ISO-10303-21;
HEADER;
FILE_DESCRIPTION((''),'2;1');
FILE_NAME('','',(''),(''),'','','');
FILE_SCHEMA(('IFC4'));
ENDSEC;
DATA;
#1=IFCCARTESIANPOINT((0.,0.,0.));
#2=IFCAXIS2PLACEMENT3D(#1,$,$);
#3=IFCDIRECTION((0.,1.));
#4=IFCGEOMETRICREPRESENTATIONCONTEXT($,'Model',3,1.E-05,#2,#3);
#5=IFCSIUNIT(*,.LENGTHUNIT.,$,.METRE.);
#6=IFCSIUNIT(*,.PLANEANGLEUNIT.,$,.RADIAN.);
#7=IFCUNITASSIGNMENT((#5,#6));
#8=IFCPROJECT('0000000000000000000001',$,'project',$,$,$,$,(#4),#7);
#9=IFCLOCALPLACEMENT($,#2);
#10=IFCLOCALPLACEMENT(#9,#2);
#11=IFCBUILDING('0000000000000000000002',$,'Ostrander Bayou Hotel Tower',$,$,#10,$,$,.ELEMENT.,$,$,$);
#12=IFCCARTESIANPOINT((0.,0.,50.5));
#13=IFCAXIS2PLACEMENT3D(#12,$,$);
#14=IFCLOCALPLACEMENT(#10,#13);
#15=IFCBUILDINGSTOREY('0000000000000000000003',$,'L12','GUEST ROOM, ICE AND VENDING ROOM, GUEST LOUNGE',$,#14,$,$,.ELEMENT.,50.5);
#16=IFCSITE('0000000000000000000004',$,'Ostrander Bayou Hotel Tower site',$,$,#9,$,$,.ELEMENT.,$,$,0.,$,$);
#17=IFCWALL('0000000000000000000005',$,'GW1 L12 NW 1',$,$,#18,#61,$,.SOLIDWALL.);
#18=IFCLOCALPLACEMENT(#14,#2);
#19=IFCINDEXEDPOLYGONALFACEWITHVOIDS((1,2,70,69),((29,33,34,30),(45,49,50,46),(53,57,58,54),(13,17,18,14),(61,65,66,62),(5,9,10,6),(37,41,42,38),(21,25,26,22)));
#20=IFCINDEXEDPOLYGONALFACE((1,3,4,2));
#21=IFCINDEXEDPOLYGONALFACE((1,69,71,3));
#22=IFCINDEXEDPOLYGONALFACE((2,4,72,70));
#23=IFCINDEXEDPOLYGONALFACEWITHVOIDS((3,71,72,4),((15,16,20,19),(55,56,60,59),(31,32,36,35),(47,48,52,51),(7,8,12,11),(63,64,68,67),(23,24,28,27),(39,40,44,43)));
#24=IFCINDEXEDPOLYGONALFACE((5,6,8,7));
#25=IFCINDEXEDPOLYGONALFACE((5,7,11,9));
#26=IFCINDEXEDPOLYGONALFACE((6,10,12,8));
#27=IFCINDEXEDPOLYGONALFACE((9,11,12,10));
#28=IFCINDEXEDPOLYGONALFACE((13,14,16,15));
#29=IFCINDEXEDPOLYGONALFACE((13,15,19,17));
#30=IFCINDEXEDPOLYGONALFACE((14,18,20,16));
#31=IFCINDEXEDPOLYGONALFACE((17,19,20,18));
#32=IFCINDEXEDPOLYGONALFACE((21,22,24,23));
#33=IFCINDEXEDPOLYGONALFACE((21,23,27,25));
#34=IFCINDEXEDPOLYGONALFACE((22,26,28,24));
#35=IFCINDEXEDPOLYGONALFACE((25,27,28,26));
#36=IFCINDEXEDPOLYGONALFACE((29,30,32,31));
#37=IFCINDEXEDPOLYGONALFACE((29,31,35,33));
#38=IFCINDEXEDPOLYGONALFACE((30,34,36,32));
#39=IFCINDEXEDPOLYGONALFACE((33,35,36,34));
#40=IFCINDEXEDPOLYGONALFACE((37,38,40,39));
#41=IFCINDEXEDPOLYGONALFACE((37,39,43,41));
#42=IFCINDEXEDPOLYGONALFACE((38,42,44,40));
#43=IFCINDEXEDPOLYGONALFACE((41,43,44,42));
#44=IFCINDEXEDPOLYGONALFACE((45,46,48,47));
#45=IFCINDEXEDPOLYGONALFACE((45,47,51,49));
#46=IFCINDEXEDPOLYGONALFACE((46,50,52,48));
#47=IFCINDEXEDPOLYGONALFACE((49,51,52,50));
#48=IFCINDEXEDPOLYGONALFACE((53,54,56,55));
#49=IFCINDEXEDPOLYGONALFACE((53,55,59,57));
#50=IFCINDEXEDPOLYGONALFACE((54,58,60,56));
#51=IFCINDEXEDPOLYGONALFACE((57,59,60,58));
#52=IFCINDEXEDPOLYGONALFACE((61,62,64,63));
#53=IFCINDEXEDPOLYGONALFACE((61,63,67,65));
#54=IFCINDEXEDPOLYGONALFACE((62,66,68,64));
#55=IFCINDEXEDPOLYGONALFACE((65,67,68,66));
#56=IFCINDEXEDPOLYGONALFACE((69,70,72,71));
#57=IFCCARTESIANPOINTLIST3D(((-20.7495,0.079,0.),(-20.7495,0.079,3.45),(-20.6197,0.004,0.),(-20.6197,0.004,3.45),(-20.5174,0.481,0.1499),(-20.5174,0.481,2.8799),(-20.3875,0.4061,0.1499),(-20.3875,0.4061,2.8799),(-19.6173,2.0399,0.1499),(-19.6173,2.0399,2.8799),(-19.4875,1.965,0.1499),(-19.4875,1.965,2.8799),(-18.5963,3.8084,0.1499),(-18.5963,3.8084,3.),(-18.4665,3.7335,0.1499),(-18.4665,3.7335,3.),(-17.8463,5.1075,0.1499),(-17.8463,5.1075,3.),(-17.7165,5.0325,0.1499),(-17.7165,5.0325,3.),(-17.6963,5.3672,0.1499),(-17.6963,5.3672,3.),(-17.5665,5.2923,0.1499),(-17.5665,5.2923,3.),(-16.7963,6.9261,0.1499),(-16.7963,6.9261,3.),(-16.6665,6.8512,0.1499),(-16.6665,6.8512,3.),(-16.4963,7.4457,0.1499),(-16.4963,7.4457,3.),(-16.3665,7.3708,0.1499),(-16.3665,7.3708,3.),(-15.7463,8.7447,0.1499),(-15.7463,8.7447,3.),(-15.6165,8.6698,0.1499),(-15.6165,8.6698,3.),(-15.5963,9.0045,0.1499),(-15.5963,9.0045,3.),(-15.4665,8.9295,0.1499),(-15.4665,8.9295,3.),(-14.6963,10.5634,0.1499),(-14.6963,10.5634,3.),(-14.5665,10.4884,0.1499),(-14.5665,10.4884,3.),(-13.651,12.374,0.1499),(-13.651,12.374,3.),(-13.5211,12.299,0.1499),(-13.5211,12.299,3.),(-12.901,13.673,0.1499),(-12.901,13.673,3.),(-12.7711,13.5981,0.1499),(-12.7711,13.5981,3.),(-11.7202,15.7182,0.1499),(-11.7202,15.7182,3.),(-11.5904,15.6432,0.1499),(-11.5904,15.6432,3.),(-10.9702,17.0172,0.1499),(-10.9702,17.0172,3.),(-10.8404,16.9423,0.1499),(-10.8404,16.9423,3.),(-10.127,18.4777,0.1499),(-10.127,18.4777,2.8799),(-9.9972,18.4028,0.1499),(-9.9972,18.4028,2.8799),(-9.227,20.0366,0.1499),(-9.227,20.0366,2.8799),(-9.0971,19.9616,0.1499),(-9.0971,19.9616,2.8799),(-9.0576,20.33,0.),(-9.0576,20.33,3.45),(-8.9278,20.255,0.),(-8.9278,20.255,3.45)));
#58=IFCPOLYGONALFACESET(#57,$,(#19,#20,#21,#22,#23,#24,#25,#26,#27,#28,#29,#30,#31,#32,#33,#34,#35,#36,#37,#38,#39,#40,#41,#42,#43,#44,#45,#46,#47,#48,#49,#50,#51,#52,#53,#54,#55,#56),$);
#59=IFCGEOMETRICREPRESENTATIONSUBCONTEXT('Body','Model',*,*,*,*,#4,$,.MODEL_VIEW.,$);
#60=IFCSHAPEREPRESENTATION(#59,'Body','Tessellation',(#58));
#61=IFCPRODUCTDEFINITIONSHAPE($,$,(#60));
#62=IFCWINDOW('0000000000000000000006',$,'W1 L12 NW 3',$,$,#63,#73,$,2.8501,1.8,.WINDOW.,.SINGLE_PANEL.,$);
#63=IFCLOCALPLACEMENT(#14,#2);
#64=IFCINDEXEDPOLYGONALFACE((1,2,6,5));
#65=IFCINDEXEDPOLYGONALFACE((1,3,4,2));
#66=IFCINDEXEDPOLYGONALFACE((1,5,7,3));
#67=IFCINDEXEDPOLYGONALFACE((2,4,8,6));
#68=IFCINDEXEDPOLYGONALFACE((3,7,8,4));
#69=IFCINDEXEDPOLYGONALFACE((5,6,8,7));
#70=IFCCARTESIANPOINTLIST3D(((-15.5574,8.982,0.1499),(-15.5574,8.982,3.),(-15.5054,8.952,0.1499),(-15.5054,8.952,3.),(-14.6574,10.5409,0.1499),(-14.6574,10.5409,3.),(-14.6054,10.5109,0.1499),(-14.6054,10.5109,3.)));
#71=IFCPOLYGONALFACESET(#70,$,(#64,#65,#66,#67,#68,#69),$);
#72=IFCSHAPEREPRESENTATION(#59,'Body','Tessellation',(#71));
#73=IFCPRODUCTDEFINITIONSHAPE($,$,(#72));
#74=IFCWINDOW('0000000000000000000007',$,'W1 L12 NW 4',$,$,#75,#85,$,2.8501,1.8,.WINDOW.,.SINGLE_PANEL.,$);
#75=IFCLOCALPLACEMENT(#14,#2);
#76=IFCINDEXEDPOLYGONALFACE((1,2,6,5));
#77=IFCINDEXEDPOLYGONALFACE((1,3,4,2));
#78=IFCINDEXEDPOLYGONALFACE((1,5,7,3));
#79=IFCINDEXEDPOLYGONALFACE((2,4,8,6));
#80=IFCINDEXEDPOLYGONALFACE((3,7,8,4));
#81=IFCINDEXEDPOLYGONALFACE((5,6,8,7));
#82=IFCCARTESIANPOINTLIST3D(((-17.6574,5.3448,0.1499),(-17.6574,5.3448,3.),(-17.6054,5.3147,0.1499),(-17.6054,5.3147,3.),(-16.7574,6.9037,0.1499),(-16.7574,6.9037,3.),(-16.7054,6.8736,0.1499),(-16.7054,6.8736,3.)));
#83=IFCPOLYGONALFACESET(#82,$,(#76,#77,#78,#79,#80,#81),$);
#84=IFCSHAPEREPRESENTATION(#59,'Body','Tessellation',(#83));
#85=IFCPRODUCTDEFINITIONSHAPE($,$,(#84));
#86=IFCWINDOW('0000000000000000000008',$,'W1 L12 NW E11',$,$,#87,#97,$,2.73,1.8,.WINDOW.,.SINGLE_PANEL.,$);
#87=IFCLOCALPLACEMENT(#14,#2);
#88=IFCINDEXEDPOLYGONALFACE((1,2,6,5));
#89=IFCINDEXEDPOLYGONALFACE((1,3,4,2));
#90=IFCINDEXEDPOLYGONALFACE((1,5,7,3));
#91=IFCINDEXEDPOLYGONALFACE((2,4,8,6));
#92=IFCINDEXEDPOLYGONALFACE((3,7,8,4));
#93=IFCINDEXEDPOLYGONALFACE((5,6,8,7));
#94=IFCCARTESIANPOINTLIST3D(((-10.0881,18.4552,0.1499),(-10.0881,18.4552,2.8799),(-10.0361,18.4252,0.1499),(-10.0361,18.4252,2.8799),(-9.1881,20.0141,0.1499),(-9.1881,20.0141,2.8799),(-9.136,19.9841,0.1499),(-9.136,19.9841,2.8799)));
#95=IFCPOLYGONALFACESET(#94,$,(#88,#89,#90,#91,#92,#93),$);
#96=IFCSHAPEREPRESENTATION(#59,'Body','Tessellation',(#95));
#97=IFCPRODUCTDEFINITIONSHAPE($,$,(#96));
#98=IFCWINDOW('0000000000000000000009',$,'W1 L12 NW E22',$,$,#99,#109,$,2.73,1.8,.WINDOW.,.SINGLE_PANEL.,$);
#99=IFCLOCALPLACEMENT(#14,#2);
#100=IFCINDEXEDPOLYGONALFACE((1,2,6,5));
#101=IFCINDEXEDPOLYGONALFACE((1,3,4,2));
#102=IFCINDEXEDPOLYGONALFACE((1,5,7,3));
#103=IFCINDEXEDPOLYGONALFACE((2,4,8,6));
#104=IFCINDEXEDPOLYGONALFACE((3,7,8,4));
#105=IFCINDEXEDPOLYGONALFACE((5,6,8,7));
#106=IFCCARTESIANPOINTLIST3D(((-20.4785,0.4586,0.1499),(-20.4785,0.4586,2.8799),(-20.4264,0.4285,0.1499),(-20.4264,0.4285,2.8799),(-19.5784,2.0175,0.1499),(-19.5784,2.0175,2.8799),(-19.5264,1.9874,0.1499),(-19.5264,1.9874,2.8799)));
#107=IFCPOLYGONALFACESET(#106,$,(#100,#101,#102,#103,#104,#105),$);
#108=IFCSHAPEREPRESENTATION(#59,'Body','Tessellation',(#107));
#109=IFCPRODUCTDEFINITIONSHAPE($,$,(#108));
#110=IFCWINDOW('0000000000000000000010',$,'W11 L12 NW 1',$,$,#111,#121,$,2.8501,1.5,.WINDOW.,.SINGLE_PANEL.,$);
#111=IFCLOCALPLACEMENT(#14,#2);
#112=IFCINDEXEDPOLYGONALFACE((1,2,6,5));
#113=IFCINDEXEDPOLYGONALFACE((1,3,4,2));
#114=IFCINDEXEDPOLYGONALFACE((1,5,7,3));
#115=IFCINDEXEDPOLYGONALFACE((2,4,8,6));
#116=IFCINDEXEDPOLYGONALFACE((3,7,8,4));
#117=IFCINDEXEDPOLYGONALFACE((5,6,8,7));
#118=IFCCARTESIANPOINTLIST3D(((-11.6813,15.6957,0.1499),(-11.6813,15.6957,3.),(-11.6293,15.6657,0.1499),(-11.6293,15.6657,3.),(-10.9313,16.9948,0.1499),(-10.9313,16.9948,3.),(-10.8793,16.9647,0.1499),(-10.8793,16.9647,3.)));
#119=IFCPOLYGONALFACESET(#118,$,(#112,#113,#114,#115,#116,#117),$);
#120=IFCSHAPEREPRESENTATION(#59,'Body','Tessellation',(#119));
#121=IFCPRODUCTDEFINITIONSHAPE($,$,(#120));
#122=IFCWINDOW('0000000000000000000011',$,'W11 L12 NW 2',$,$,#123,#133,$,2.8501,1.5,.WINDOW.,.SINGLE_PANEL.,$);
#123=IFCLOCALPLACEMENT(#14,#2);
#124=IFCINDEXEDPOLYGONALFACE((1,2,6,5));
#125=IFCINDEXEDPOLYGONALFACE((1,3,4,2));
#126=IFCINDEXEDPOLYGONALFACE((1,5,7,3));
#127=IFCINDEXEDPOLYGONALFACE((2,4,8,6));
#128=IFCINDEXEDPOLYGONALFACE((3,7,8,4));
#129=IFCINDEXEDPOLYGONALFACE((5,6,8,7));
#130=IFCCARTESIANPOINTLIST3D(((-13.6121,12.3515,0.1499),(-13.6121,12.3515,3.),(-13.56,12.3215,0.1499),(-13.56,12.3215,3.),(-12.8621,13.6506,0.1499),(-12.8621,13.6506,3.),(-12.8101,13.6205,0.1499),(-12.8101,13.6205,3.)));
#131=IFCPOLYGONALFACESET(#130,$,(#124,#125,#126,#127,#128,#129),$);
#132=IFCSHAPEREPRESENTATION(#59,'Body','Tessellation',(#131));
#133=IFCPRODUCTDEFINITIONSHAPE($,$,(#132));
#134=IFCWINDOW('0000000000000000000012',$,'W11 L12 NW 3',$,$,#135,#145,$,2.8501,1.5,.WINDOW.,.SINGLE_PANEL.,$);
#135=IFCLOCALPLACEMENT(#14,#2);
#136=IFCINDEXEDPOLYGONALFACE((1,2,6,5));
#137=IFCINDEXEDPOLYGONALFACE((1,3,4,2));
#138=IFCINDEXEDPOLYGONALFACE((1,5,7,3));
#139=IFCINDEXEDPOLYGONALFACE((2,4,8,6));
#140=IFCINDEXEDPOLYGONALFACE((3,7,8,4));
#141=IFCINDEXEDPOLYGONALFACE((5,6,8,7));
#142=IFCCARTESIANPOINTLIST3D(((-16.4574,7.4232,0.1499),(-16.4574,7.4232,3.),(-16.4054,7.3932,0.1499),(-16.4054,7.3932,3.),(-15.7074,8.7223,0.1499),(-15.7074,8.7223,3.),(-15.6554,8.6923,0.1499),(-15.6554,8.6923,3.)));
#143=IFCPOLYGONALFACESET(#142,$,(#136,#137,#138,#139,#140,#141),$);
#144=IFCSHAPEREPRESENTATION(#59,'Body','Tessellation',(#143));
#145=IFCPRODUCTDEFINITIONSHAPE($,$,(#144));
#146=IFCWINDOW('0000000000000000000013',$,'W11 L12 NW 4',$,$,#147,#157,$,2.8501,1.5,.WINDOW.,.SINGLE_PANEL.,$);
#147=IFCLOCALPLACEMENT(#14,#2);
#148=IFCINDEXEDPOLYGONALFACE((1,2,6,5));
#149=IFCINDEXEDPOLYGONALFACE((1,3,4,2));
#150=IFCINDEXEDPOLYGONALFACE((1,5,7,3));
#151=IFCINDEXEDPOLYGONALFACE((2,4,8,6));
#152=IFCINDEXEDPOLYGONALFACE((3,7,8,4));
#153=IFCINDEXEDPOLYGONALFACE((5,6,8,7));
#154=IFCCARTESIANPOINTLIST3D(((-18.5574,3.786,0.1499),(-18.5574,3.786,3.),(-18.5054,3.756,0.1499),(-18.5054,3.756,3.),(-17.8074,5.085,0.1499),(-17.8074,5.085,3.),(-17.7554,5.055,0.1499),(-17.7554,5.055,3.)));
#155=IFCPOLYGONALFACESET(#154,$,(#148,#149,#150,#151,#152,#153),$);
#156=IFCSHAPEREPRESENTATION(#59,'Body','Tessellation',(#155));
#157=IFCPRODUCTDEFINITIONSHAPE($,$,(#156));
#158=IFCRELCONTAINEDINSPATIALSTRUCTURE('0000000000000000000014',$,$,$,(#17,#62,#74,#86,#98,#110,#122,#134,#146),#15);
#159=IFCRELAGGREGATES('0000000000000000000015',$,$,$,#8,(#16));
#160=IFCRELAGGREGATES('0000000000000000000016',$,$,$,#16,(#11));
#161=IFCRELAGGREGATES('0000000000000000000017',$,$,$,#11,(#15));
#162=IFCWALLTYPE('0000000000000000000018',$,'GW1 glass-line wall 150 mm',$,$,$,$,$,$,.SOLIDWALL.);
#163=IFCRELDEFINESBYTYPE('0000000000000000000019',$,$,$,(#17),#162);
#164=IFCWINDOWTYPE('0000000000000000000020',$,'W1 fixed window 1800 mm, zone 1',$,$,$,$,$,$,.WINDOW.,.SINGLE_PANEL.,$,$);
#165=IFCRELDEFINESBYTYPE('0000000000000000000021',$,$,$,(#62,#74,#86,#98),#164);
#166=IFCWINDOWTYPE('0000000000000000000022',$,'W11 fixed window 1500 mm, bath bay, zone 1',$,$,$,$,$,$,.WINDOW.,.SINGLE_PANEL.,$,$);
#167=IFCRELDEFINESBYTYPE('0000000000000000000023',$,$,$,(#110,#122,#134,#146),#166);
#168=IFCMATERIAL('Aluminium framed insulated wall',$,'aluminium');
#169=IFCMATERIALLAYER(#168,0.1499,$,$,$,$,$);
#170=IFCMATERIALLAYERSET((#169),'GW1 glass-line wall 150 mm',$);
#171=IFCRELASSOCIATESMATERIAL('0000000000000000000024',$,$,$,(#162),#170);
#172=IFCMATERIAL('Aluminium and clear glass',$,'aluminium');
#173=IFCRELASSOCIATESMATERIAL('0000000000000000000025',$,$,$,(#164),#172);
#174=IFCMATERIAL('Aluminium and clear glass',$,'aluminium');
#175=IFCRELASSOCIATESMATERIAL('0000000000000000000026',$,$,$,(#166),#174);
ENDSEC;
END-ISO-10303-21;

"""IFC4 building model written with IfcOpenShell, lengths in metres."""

from ifc_helpers import new_model, si_unit, direction, frame, frame_2d, origin, place, context, subcontext, project, spatial, rectangle, extrude, material, layer, layer_set, type_object, element, fill, save


model = new_model("IFC4")

# Units and contexts
model_context = context("Model", 3, precision=1e-05, world=origin(), true_north=direction((0.0, 1.0)))
body_context = subcontext(model_context, "Body", "Model", "MODEL_VIEW")
ifc_project = project(units=[si_unit("LENGTHUNIT", "METRE"), si_unit("PLANEANGLEUNIT", "RADIAN")], contexts=[model_context])

# Site, building, storey
site_placement = place(None, origin())
site = spatial("IfcSite", under=ifc_project, at=site_placement, Name="Ostrander Bayou Hotel Tower site", CompositionType="ELEMENT", RefElevation=0.0)
building_placement = place(site_placement, origin())
building = spatial("IfcBuilding", under=site, at=building_placement, Name="Ostrander Bayou Hotel Tower", CompositionType="ELEMENT")
storey_placement = place(building_placement, frame((0.0, 0.0, 50.5)))
storey = spatial("IfcBuildingStorey", under=building, at=storey_placement, Name="L12", Description="GUEST ROOM, ICE AND VENDING ROOM, GUEST LOUNGE", CompositionType="ELEMENT", Elevation=50.5)

# Wall, openings, windows
ifc_material_1 = material(Name="Aluminium framed insulated wall", Category="aluminium")
ifc_layer_1 = layer(ifc_material_1, 0.1499)
ifc_layer_set_1 = layer_set([ifc_layer_1], Name="GW1 glass-line wall 150 mm")
wall_type_1 = type_object("IfcWallType", Name="GW1 glass-line wall 150 mm", PredefinedType="SOLIDWALL", material=ifc_layer_set_1)
wall_1_placement = place(storey_placement, frame((-8.9927, 20.2925, 0.0), z_axis=(0.0, 0.0, 1.0), x_axis=(-0.5, -0.866026, 0.0)))
wall_1 = element("IfcWall", 1, at=wall_1_placement, inside=storey, type_object=wall_type_1, Name="GW1 L12 NW 1", PredefinedType="SOLIDWALL", context=body_context, shape_type="SweptSolid", body=[
    extrude(rectangle(XDim=23.3838, YDim=0.1499, at=frame_2d((11.6919, 0.0))), origin(), (0.0, 0.0, 1.0), 3.45),
])
opening_1_placement = place(wall_1_placement, frame((3.8252, 0.0, 0.1499)))
opening_1 = element("IfcOpeningElement", 2, at=opening_1_placement, cuts=wall_1, PredefinedType="OPENING", context=body_context, shape_type="SweptSolid", body=[
    extrude(rectangle(XDim=1.5, YDim=2.8501, at=frame_2d((0.75, 1.425))), frame((0.0, 0.075, 0.0), z_axis=(0.0, -1.0, 0.0), x_axis=(1.0, 0.0, 0.0)), (0.0, 0.0, 1.0), 0.1499),
])
opening_2_placement = place(wall_1_placement, frame((7.6868, 0.0, 0.1499)))
opening_2 = element("IfcOpeningElement", 3, at=opening_2_placement, cuts=wall_1, PredefinedType="OPENING", context=body_context, shape_type="SweptSolid", body=[
    extrude(rectangle(XDim=1.5, YDim=2.8501, at=frame_2d((0.75, 1.425))), frame((0.0, 0.075, 0.0), z_axis=(0.0, -1.0, 0.0), x_axis=(1.0, 0.0, 0.0)), (0.0, 0.0, 1.0), 0.1499),
])
opening_3_placement = place(wall_1_placement, frame((11.2776, 0.0, 0.1499)))
opening_3 = element("IfcOpeningElement", 4, at=opening_3_placement, cuts=wall_1, PredefinedType="OPENING", context=body_context, shape_type="SweptSolid", body=[
    extrude(rectangle(XDim=1.8, YDim=2.8501, at=frame_2d((0.8999, 1.425))), frame((0.0, 0.075, 0.0), z_axis=(0.0, -1.0, 0.0), x_axis=(1.0, 0.0, 0.0)), (0.0, 0.0, 1.0), 0.1499),
])
opening_4_placement = place(wall_1_placement, frame((13.3774, 0.0, 0.1499)))
opening_4 = element("IfcOpeningElement", 5, at=opening_4_placement, cuts=wall_1, PredefinedType="OPENING", context=body_context, shape_type="SweptSolid", body=[
    extrude(rectangle(XDim=1.5, YDim=2.8501, at=frame_2d((0.75, 1.425))), frame((0.0, 0.075, 0.0), z_axis=(0.0, -1.0, 0.0), x_axis=(1.0, 0.0, 0.0)), (0.0, 0.0, 1.0), 0.1499),
])
opening_5_placement = place(wall_1_placement, frame((15.4775, 0.0, 0.1499)))
opening_5 = element("IfcOpeningElement", 6, at=opening_5_placement, cuts=wall_1, PredefinedType="OPENING", context=body_context, shape_type="SweptSolid", body=[
    extrude(rectangle(XDim=1.8, YDim=2.8501, at=frame_2d((0.8999, 1.425))), frame((0.0, 0.075, 0.0), z_axis=(0.0, -1.0, 0.0), x_axis=(1.0, 0.0, 0.0)), (0.0, 0.0, 1.0), 0.1499),
])
opening_6_placement = place(wall_1_placement, frame((17.5774, 0.0, 0.1499)))
opening_6 = element("IfcOpeningElement", 7, at=opening_6_placement, cuts=wall_1, PredefinedType="OPENING", context=body_context, shape_type="SweptSolid", body=[
    extrude(rectangle(XDim=1.5, YDim=2.8501, at=frame_2d((0.75, 1.425))), frame((0.0, 0.075, 0.0), z_axis=(0.0, -1.0, 0.0), x_axis=(1.0, 0.0, 0.0)), (0.0, 0.0, 1.0), 0.1499),
])
opening_7_placement = place(wall_1_placement, frame((0.3389, 0.0, 0.1499)))
opening_7 = element("IfcOpeningElement", 8, at=opening_7_placement, cuts=wall_1, PredefinedType="OPENING", context=body_context, shape_type="SweptSolid", body=[
    extrude(rectangle(XDim=1.8, YDim=2.73, at=frame_2d((0.8999, 1.365))), frame((0.0, 0.075, 0.0), z_axis=(0.0, -1.0, 0.0), x_axis=(1.0, 0.0, 0.0)), (0.0, 0.0, 1.0), 0.1499),
])
opening_8_placement = place(wall_1_placement, frame((21.1196, 0.0, 0.1499)))
opening_8 = element("IfcOpeningElement", 9, at=opening_8_placement, cuts=wall_1, PredefinedType="OPENING", context=body_context, shape_type="SweptSolid", body=[
    extrude(rectangle(XDim=1.8, YDim=2.73, at=frame_2d((0.8999, 1.365))), frame((0.0, 0.075, 0.0), z_axis=(0.0, -1.0, 0.0), x_axis=(1.0, 0.0, 0.0)), (0.0, 0.0, 1.0), 0.1499),
])
ifc_material_2 = material(Name="Aluminium and clear glass", Category="aluminium")
window_type_1 = type_object("IfcWindowType", Name="W1 fixed window 1800 mm, zone 1", PartitioningType="SINGLE_PANEL", PredefinedType="WINDOW", material=ifc_material_2)
window_1_placement = place(opening_3_placement, origin())
window_1 = element("IfcWindow", 10, at=window_1_placement, inside=storey, type_object=window_type_1, Name="W1 L12 NW 3", OverallHeight=2.8501, OverallWidth=1.8, PartitioningType="SINGLE_PANEL", PredefinedType="WINDOW", context=body_context, shape_type="SweptSolid", body=[
    extrude(rectangle(XDim=1.8, YDim=2.8501, at=frame_2d((0.8999, 1.425))), frame((0.0, 0.03, 0.0), z_axis=(0.0, -1.0, 0.0), x_axis=(1.0, 0.0, 0.0)), (0.0, 0.0, 1.0), 0.0601),
])
fill(opening_3, window_1)
window_2_placement = place(opening_5_placement, origin())
window_2 = element("IfcWindow", 11, at=window_2_placement, inside=storey, type_object=window_type_1, Name="W1 L12 NW 4", OverallHeight=2.8501, OverallWidth=1.8, PartitioningType="SINGLE_PANEL", PredefinedType="WINDOW", context=body_context, shape_type="SweptSolid", body=[
    extrude(rectangle(XDim=1.8, YDim=2.8501, at=frame_2d((0.8999, 1.425))), frame((0.0, 0.03, 0.0), z_axis=(0.0, -1.0, 0.0), x_axis=(1.0, 0.0, 0.0)), (0.0, 0.0, 1.0), 0.0601),
])
fill(opening_5, window_2)
window_3_placement = place(opening_7_placement, origin())
window_3 = element("IfcWindow", 12, at=window_3_placement, inside=storey, type_object=window_type_1, Name="W1 L12 NW E11", OverallHeight=2.73, OverallWidth=1.8, PartitioningType="SINGLE_PANEL", PredefinedType="WINDOW", context=body_context, shape_type="SweptSolid", body=[
    extrude(rectangle(XDim=1.8, YDim=2.73, at=frame_2d((0.8999, 1.365))), frame((0.0, 0.03, 0.0), z_axis=(0.0, -1.0, 0.0), x_axis=(1.0, 0.0, 0.0)), (0.0, 0.0, 1.0), 0.0601),
])
fill(opening_7, window_3)
window_4_placement = place(opening_8_placement, origin())
window_4 = element("IfcWindow", 13, at=window_4_placement, inside=storey, type_object=window_type_1, Name="W1 L12 NW E22", OverallHeight=2.73, OverallWidth=1.8, PartitioningType="SINGLE_PANEL", PredefinedType="WINDOW", context=body_context, shape_type="SweptSolid", body=[
    extrude(rectangle(XDim=1.8, YDim=2.73, at=frame_2d((0.8999, 1.365))), frame((0.0, 0.03, 0.0), z_axis=(0.0, -1.0, 0.0), x_axis=(1.0, 0.0, 0.0)), (0.0, 0.0, 1.0), 0.0601),
])
fill(opening_8, window_4)
ifc_material_3 = material(Name="Aluminium and clear glass", Category="aluminium")
window_type_2 = type_object("IfcWindowType", Name="W11 fixed window 1500 mm, bath bay, zone 1", PartitioningType="SINGLE_PANEL", PredefinedType="WINDOW", material=ifc_material_3)
window_5_placement = place(opening_1_placement, origin())
window_5 = element("IfcWindow", 14, at=window_5_placement, inside=storey, type_object=window_type_2, Name="W11 L12 NW 1", OverallHeight=2.8501, OverallWidth=1.5, PartitioningType="SINGLE_PANEL", PredefinedType="WINDOW", context=body_context, shape_type="SweptSolid", body=[
    extrude(rectangle(XDim=1.5, YDim=2.8501, at=frame_2d((0.75, 1.425))), frame((0.0, 0.03, 0.0), z_axis=(0.0, -1.0, 0.0), x_axis=(1.0, 0.0, 0.0)), (0.0, 0.0, 1.0), 0.0601),
])
fill(opening_1, window_5)
window_6_placement = place(opening_2_placement, origin())
window_6 = element("IfcWindow", 15, at=window_6_placement, inside=storey, type_object=window_type_2, Name="W11 L12 NW 2", OverallHeight=2.8501, OverallWidth=1.5, PartitioningType="SINGLE_PANEL", PredefinedType="WINDOW", context=body_context, shape_type="SweptSolid", body=[
    extrude(rectangle(XDim=1.5, YDim=2.8501, at=frame_2d((0.75, 1.425))), frame((0.0, 0.03, 0.0), z_axis=(0.0, -1.0, 0.0), x_axis=(1.0, 0.0, 0.0)), (0.0, 0.0, 1.0), 0.0601),
])
fill(opening_2, window_6)
window_7_placement = place(opening_4_placement, origin())
window_7 = element("IfcWindow", 16, at=window_7_placement, inside=storey, type_object=window_type_2, Name="W11 L12 NW 3", OverallHeight=2.8501, OverallWidth=1.5, PartitioningType="SINGLE_PANEL", PredefinedType="WINDOW", context=body_context, shape_type="SweptSolid", body=[
    extrude(rectangle(XDim=1.5, YDim=2.8501, at=frame_2d((0.75, 1.425))), frame((0.0, 0.03, 0.0), z_axis=(0.0, -1.0, 0.0), x_axis=(1.0, 0.0, 0.0)), (0.0, 0.0, 1.0), 0.0601),
])
fill(opening_4, window_7)
window_8_placement = place(opening_6_placement, origin())
window_8 = element("IfcWindow", 17, at=window_8_placement, inside=storey, type_object=window_type_2, Name="W11 L12 NW 4", OverallHeight=2.8501, OverallWidth=1.5, PartitioningType="SINGLE_PANEL", PredefinedType="WINDOW", context=body_context, shape_type="SweptSolid", body=[
    extrude(rectangle(XDim=1.5, YDim=2.8501, at=frame_2d((0.75, 1.425))), frame((0.0, 0.03, 0.0), z_axis=(0.0, -1.0, 0.0), x_axis=(1.0, 0.0, 0.0)), (0.0, 0.0, 1.0), 0.0601),
])
fill(opening_6, window_8)

save(model, "model.ifc")
